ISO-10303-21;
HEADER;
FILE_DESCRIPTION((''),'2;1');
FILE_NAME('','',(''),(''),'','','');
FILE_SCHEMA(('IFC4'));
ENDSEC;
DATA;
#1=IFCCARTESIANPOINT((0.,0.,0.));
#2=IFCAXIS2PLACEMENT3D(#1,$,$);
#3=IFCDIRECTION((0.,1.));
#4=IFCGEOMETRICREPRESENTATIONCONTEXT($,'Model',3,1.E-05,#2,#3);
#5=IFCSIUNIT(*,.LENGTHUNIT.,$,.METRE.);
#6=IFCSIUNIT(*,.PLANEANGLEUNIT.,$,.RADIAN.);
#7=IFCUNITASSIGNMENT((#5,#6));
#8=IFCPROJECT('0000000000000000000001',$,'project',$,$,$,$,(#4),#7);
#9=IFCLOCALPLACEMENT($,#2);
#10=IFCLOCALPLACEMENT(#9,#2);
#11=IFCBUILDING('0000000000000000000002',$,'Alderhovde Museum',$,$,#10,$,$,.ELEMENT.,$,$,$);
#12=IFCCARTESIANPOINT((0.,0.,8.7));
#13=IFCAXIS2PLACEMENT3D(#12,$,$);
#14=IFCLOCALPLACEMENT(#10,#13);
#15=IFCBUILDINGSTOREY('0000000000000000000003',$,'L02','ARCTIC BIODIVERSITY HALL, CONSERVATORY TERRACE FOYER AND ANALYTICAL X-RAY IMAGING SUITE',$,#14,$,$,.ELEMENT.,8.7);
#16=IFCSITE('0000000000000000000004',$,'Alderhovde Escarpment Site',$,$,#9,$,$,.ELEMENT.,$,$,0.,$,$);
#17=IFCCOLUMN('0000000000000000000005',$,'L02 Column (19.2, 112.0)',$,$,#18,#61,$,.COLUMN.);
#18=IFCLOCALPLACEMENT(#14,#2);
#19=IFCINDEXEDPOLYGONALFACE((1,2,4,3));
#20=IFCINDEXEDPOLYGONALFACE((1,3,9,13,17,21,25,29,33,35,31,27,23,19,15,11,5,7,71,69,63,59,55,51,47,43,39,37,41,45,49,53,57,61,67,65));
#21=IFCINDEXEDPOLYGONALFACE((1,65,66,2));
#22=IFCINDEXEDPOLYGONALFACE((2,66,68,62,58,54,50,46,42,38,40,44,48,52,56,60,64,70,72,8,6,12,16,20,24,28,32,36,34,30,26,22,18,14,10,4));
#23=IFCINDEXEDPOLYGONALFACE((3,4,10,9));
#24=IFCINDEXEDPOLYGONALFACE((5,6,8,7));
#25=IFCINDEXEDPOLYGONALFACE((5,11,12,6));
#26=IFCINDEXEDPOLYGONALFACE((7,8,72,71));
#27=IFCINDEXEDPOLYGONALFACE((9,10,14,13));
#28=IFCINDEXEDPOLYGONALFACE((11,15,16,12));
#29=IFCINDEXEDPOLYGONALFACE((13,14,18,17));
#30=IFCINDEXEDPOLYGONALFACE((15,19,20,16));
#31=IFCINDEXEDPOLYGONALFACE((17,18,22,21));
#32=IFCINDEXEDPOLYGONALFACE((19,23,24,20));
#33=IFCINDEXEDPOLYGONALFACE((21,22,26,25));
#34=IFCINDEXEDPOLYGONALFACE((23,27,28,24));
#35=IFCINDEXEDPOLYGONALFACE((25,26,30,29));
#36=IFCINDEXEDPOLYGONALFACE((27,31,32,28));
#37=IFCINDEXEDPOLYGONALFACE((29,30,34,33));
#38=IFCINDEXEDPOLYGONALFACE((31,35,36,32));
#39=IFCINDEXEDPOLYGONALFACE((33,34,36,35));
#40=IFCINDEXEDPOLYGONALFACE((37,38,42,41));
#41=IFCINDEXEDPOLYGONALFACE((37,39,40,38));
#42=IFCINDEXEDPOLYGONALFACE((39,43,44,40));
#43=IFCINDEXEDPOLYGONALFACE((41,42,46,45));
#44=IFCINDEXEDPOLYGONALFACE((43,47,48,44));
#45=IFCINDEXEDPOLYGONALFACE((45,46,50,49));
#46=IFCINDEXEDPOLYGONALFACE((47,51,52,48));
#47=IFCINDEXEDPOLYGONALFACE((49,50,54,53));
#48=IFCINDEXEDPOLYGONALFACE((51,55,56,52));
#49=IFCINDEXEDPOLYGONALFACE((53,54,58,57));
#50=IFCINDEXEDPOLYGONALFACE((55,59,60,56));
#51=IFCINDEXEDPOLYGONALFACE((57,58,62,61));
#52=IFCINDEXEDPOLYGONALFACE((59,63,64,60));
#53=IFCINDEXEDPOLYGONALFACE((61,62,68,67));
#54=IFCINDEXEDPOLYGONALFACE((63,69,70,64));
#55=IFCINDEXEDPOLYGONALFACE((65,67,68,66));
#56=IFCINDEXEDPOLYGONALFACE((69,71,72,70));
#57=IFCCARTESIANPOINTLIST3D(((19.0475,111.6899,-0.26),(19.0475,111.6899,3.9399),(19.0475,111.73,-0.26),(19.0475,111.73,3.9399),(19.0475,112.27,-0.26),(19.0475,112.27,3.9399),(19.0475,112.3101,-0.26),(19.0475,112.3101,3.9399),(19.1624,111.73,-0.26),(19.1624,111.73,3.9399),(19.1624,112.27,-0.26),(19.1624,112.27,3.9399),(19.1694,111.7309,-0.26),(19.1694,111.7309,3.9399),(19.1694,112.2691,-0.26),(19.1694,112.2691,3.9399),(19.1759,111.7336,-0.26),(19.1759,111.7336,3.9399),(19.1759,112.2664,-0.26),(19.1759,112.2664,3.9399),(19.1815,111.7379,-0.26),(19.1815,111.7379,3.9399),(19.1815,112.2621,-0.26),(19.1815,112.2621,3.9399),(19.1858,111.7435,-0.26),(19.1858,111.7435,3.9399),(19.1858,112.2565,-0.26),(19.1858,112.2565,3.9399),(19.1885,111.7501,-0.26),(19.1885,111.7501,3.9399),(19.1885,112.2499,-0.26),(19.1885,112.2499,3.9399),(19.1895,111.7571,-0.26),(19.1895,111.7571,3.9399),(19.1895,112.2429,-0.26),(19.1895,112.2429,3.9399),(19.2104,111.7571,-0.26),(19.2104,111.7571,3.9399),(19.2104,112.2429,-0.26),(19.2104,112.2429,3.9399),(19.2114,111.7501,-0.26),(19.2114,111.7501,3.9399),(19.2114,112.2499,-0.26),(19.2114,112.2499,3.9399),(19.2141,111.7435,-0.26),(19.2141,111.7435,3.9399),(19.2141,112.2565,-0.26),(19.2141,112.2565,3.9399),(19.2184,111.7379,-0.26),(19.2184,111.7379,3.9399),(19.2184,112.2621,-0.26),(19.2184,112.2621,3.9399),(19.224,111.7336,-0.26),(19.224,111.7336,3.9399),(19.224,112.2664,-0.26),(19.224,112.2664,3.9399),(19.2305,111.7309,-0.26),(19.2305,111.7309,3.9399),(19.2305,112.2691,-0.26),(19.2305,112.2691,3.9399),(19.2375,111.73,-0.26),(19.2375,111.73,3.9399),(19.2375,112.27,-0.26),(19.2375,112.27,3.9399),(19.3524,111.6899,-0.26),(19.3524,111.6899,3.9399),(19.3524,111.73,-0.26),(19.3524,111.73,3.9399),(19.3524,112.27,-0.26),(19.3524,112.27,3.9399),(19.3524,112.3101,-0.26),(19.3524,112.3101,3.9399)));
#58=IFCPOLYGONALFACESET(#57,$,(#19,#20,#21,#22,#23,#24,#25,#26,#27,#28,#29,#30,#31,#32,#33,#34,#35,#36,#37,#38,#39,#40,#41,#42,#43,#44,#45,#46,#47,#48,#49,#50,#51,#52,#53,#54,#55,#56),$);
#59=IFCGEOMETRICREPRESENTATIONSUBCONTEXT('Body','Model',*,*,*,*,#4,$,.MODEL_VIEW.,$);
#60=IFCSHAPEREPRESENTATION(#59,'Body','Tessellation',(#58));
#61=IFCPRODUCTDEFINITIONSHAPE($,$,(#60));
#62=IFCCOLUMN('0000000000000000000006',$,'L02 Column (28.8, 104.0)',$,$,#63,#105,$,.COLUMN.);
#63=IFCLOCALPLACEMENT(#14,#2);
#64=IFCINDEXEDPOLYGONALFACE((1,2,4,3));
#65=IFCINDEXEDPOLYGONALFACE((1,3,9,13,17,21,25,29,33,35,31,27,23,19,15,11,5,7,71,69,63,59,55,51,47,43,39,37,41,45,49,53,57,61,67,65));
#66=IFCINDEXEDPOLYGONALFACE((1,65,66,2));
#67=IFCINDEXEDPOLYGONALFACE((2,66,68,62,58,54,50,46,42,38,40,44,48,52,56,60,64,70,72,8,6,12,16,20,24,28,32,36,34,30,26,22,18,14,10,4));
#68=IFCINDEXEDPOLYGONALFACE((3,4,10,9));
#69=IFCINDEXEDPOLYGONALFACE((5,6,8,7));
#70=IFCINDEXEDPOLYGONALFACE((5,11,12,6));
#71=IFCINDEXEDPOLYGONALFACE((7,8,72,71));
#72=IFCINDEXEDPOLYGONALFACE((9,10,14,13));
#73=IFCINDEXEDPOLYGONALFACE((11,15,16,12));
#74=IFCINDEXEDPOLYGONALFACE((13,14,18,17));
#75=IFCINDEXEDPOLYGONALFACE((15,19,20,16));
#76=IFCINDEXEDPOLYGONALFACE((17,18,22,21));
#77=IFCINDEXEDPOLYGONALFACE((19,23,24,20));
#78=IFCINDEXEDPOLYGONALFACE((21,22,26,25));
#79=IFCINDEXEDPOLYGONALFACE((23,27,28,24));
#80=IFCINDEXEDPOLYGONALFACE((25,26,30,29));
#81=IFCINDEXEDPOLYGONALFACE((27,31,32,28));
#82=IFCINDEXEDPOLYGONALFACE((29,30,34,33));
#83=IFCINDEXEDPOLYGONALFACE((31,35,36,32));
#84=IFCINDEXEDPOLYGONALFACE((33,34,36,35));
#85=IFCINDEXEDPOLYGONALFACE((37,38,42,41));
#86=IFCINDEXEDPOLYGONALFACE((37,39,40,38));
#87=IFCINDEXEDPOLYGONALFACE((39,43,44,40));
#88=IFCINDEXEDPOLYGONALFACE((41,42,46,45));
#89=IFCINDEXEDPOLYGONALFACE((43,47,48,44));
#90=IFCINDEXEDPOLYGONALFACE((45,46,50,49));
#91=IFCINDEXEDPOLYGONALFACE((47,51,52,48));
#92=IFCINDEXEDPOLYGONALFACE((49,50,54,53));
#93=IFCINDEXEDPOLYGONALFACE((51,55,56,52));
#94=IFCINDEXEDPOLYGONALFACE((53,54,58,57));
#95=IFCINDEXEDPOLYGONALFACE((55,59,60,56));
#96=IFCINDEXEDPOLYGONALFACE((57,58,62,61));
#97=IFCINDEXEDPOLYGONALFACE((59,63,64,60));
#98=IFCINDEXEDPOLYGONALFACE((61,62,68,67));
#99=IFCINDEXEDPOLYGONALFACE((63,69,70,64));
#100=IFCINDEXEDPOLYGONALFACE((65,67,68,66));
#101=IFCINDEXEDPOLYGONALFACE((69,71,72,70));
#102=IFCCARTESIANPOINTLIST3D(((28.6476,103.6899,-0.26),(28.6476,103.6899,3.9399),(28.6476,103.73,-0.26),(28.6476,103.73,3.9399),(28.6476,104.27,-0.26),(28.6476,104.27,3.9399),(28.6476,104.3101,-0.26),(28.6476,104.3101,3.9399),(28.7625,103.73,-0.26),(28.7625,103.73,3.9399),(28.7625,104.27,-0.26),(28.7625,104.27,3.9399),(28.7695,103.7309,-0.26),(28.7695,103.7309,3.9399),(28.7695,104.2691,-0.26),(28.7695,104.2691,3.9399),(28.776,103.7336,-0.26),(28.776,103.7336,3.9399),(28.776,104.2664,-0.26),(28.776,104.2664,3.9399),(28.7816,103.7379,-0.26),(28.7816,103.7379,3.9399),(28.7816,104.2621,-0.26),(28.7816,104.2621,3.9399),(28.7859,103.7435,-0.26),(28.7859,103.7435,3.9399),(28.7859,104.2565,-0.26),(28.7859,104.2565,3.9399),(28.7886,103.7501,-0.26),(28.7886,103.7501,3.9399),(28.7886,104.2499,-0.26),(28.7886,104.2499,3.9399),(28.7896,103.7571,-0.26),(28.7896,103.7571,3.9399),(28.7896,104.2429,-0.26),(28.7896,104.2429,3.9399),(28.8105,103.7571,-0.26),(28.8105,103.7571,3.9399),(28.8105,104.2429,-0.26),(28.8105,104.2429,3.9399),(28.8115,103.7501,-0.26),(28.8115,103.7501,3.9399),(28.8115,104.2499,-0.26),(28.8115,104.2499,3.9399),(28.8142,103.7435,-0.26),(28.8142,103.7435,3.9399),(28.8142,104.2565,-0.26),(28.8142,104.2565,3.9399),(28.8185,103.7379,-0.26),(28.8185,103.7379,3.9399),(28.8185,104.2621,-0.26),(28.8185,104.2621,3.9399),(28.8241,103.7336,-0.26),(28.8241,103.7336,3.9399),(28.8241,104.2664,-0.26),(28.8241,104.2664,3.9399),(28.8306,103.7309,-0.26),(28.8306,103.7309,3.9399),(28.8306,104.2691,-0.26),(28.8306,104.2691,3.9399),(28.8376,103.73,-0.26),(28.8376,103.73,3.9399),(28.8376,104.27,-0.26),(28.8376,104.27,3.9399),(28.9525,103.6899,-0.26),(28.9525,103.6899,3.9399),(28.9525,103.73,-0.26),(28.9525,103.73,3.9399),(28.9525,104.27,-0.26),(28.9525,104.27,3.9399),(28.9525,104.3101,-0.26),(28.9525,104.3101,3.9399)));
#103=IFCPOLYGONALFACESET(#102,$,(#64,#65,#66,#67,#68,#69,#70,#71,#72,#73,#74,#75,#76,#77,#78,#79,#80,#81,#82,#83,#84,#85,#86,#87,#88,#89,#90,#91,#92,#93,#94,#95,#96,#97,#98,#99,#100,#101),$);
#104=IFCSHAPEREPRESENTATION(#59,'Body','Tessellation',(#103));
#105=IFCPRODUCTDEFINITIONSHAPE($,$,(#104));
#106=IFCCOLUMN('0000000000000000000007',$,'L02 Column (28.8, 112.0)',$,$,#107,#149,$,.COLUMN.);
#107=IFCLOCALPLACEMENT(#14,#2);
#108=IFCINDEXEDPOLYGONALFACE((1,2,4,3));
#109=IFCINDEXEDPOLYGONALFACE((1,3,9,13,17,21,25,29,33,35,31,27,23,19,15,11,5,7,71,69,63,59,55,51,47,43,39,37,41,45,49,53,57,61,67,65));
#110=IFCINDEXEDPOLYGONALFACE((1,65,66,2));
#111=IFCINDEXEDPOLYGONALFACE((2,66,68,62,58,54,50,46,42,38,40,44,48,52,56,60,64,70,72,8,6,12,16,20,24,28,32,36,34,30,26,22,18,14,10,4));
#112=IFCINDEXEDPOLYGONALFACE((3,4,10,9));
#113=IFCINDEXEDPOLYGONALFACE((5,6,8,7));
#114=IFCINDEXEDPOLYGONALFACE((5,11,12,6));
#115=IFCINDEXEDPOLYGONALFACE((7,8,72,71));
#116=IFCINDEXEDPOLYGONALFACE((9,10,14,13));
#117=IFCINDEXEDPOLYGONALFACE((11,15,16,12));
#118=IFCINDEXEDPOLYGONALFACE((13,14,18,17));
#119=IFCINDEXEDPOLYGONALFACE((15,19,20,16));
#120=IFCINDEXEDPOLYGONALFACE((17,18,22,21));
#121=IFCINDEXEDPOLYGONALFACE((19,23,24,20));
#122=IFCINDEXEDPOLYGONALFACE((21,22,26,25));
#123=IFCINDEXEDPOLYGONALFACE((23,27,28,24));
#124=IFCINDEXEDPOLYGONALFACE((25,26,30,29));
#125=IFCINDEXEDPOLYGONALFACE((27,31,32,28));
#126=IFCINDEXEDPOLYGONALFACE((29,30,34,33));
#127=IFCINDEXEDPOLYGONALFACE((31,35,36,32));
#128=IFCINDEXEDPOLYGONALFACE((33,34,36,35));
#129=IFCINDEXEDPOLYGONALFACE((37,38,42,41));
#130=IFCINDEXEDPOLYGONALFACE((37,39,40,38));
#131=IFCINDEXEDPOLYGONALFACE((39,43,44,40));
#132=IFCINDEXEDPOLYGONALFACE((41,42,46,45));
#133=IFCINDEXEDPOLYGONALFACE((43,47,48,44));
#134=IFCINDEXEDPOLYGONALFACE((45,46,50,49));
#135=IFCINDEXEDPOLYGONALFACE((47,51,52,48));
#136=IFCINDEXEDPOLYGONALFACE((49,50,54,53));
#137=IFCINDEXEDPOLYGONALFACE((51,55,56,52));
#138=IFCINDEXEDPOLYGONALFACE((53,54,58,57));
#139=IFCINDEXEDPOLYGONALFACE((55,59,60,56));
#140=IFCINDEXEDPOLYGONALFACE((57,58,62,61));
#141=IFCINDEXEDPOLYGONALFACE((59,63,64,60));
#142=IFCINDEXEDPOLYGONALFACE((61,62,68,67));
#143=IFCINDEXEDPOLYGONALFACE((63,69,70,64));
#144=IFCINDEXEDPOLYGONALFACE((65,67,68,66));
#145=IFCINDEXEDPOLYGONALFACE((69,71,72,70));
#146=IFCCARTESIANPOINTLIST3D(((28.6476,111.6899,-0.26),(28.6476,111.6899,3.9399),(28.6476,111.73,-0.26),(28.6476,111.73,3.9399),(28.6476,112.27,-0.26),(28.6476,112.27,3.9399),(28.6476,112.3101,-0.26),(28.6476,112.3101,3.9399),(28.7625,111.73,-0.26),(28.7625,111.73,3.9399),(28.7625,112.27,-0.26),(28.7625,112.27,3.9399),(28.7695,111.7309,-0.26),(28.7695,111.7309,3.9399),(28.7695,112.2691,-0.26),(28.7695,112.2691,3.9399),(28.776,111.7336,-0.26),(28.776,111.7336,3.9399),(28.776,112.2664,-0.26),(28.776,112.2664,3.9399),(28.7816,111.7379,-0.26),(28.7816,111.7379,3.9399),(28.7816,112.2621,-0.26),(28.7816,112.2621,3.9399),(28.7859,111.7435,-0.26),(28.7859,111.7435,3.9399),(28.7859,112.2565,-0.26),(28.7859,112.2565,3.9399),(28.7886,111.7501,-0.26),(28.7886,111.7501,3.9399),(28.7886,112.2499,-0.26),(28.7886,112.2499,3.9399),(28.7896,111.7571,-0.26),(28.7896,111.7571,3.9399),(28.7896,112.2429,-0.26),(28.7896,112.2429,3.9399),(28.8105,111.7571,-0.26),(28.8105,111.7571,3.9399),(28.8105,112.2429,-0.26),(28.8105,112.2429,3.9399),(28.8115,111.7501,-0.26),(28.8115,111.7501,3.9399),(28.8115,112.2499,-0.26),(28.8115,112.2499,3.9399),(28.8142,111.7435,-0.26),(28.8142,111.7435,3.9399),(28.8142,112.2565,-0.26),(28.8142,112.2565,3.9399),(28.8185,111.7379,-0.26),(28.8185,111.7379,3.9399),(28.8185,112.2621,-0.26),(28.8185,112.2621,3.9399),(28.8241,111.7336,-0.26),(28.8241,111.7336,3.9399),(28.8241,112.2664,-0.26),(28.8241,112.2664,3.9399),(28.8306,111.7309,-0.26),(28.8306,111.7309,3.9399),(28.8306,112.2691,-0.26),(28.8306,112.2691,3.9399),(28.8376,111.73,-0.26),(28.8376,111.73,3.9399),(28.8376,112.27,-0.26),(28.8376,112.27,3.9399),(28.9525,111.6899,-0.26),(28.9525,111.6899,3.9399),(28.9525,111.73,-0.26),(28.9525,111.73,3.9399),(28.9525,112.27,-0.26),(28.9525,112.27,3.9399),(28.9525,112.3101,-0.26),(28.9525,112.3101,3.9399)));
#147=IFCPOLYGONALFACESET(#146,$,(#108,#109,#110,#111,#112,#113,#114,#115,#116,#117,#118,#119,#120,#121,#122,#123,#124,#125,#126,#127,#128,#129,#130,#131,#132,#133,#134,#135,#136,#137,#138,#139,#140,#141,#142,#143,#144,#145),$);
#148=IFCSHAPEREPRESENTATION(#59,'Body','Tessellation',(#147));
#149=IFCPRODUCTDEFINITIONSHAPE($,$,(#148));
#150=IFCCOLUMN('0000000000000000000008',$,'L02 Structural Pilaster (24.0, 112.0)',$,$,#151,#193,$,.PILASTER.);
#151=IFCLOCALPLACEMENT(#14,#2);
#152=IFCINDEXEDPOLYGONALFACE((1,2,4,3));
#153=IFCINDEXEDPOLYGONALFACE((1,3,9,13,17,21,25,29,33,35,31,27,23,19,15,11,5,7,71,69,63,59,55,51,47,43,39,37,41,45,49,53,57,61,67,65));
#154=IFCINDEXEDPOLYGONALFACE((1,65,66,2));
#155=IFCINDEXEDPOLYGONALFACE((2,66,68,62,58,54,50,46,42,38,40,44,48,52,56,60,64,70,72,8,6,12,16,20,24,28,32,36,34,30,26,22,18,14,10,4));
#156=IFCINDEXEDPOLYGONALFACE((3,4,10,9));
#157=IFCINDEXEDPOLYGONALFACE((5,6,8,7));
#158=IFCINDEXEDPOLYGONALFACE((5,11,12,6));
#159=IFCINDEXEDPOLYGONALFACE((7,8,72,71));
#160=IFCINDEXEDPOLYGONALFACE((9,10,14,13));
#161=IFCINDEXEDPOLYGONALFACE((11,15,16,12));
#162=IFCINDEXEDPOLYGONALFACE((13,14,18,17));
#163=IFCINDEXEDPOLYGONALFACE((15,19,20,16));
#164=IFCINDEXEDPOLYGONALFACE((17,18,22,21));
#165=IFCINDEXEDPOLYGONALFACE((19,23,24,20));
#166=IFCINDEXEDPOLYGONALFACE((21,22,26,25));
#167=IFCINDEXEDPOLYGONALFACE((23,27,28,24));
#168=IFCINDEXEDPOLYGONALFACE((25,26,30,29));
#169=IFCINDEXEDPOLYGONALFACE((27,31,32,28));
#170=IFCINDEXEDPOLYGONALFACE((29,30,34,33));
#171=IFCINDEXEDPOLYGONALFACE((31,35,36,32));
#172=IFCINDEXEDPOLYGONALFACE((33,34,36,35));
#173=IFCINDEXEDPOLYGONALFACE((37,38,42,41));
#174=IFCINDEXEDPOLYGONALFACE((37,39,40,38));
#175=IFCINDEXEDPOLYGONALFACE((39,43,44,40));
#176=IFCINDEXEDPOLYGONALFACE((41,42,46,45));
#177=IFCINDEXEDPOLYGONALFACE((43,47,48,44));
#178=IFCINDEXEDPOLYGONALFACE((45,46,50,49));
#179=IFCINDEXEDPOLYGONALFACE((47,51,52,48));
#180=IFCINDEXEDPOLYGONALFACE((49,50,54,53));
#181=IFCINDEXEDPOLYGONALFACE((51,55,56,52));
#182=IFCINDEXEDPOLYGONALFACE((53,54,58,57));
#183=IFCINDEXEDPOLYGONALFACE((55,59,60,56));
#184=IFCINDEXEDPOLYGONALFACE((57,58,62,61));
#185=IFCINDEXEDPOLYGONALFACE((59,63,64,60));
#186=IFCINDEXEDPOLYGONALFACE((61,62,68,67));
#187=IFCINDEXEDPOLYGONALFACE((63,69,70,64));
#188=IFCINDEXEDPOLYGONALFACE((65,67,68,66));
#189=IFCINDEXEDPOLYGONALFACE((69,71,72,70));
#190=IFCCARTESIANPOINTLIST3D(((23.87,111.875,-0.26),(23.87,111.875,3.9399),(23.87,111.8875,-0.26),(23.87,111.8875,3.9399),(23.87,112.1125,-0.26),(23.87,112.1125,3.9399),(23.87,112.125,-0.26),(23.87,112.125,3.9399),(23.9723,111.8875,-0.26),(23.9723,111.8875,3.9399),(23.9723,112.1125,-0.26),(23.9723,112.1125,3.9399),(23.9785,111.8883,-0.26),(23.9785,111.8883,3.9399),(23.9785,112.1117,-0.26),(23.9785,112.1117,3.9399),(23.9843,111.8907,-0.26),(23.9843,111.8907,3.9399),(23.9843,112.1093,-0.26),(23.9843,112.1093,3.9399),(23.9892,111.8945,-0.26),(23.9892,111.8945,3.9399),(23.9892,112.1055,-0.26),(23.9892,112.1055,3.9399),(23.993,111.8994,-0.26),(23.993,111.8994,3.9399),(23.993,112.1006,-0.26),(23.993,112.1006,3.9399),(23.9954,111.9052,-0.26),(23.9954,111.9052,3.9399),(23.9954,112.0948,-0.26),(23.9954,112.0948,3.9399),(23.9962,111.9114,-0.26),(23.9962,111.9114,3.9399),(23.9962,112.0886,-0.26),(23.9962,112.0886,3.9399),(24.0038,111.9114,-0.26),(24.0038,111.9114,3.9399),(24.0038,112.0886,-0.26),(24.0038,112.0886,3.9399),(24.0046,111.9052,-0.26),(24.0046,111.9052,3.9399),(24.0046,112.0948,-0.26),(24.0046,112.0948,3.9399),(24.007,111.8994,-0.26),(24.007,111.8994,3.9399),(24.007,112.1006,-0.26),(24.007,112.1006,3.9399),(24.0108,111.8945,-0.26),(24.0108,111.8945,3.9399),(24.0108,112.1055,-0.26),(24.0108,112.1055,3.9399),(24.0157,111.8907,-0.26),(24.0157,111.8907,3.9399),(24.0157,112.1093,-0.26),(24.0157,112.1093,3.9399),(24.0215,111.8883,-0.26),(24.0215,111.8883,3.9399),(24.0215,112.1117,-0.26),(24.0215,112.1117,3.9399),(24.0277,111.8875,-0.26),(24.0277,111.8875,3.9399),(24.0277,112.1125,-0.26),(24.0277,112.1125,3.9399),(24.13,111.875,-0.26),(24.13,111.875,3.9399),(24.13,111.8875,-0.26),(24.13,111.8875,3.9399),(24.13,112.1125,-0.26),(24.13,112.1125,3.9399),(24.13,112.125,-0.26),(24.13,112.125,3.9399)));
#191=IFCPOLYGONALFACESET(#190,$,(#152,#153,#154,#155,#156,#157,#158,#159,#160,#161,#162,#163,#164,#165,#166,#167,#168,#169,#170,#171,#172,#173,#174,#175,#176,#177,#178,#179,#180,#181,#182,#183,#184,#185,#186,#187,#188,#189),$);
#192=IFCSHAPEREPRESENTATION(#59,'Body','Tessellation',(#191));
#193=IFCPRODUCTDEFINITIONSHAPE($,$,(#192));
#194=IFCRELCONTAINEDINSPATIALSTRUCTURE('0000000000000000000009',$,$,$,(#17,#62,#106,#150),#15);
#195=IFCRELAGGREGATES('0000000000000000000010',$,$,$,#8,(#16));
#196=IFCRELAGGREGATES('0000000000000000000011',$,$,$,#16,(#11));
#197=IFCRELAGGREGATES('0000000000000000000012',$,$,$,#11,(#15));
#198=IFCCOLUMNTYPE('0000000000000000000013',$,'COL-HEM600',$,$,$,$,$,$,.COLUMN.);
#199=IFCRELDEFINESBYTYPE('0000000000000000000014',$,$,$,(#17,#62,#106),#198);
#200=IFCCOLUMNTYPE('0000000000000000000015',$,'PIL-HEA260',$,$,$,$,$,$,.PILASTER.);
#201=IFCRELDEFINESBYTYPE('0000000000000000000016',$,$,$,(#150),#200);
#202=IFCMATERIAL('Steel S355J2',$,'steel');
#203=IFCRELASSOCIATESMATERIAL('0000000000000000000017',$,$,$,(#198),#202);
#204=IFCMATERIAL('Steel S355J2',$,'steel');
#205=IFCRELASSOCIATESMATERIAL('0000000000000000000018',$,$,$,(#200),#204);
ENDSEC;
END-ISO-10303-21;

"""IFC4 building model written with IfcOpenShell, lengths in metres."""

from ifc_helpers import new_model, si_unit, direction, frame, origin, origin_2d, place, context, subcontext, project, spatial, i_section, extrude, material, material_profile, profile_set, type_object, element, save


model = new_model("IFC4")

# Units and contexts
model_context = context("Model", 3, precision=1e-05, world=origin(), true_north=direction((0.0, 1.0)))
body_context = subcontext(model_context, "Body", "Model", "MODEL_VIEW")
ifc_project = project(units=[si_unit("LENGTHUNIT", "METRE"), si_unit("PLANEANGLEUNIT", "RADIAN")], contexts=[model_context])

# Site, building, storey
site_placement = place(None, origin())
site = spatial("IfcSite", under=ifc_project, at=site_placement, Name="Alderhovde Escarpment Site", CompositionType="ELEMENT", RefElevation=0.0)
building_placement = place(site_placement, origin())
building = spatial("IfcBuilding", under=site, at=building_placement, Name="Alderhovde Museum", CompositionType="ELEMENT")
storey_placement = place(building_placement, frame((0.0, 0.0, 8.7)))
storey = spatial("IfcBuildingStorey", under=building, at=storey_placement, Name="L02", Description="ARCTIC BIODIVERSITY HALL, CONSERVATORY TERRACE FOYER AND ANALYTICAL X-RAY IMAGING SUITE", CompositionType="ELEMENT", Elevation=8.7)

# Columns
ifc_material_1 = material(Name="Steel S355J2", Category="steel")
ifc_material_profile_1 = material_profile(ifc_material_1, i_section(OverallWidth=0.3049, OverallDepth=0.6201, WebThickness=0.021, FlangeThickness=0.04, FilletRadius=0.0271, at=origin_2d()), Name="HEM 600")
ifc_profile_set_1 = profile_set([ifc_material_profile_1], Name="Steel S355J2")
column_type_1 = type_object("IfcColumnType", Name="COL-HEM600", PredefinedType="COLUMN", material=ifc_profile_set_1)
for number, where, z_axis, x_axis, name in (
    (1, (19.2, 112.0, -0.26), (0.0, 0.0, 1.0), (1.0, 0.0, 0.0), "L02 Column (19.2, 112.0)"),
    (2, (28.8, 104.0, -0.26), (0.0, 0.0, 1.0), (1.0, 0.0, 0.0), "L02 Column (28.8, 104.0)"),
    (3, (28.8, 112.0, -0.26), (0.0, 0.0, 1.0), (1.0, 0.0, 0.0), "L02 Column (28.8, 112.0)"),
):
    element("IfcColumn", number, at=place(storey_placement, frame(where, z_axis=z_axis, x_axis=x_axis)), inside=storey, type_object=column_type_1, Name=name, PredefinedType="COLUMN", context=body_context, shape_type="SweptSolid", body=[
        extrude(i_section(OverallWidth=0.3049, OverallDepth=0.6201, WebThickness=0.021, FlangeThickness=0.04, FilletRadius=0.0271, at=origin_2d()), origin(), (0.0, 0.0, 1.0), 4.2),
    ])
ifc_material_2 = material(Name="Steel S355J2", Category="steel")
ifc_material_profile_2 = material_profile(ifc_material_2, i_section(OverallWidth=0.26, OverallDepth=0.25, WebThickness=0.0076, FlangeThickness=0.0125, FilletRadius=0.0239, at=origin_2d()), Name="HEA 260")
ifc_profile_set_2 = profile_set([ifc_material_profile_2], Name="Steel S355J2")
column_type_2 = type_object("IfcColumnType", Name="PIL-HEA260", PredefinedType="PILASTER", material=ifc_profile_set_2)
column_placement = place(storey_placement, frame((24.0, 112.0, -0.26), z_axis=(0.0, 0.0, 1.0), x_axis=(1.0, 0.0, 0.0)))
element("IfcColumn", 4, at=column_placement, inside=storey, type_object=column_type_2, Name="L02 Structural Pilaster (24.0, 112.0)", PredefinedType="PILASTER", context=body_context, shape_type="SweptSolid", body=[
    extrude(i_section(OverallWidth=0.26, OverallDepth=0.25, WebThickness=0.0076, FlangeThickness=0.0125, FilletRadius=0.0239, at=origin_2d()), origin(), (0.0, 0.0, 1.0), 4.2),
])

save(model, "model.ifc")
